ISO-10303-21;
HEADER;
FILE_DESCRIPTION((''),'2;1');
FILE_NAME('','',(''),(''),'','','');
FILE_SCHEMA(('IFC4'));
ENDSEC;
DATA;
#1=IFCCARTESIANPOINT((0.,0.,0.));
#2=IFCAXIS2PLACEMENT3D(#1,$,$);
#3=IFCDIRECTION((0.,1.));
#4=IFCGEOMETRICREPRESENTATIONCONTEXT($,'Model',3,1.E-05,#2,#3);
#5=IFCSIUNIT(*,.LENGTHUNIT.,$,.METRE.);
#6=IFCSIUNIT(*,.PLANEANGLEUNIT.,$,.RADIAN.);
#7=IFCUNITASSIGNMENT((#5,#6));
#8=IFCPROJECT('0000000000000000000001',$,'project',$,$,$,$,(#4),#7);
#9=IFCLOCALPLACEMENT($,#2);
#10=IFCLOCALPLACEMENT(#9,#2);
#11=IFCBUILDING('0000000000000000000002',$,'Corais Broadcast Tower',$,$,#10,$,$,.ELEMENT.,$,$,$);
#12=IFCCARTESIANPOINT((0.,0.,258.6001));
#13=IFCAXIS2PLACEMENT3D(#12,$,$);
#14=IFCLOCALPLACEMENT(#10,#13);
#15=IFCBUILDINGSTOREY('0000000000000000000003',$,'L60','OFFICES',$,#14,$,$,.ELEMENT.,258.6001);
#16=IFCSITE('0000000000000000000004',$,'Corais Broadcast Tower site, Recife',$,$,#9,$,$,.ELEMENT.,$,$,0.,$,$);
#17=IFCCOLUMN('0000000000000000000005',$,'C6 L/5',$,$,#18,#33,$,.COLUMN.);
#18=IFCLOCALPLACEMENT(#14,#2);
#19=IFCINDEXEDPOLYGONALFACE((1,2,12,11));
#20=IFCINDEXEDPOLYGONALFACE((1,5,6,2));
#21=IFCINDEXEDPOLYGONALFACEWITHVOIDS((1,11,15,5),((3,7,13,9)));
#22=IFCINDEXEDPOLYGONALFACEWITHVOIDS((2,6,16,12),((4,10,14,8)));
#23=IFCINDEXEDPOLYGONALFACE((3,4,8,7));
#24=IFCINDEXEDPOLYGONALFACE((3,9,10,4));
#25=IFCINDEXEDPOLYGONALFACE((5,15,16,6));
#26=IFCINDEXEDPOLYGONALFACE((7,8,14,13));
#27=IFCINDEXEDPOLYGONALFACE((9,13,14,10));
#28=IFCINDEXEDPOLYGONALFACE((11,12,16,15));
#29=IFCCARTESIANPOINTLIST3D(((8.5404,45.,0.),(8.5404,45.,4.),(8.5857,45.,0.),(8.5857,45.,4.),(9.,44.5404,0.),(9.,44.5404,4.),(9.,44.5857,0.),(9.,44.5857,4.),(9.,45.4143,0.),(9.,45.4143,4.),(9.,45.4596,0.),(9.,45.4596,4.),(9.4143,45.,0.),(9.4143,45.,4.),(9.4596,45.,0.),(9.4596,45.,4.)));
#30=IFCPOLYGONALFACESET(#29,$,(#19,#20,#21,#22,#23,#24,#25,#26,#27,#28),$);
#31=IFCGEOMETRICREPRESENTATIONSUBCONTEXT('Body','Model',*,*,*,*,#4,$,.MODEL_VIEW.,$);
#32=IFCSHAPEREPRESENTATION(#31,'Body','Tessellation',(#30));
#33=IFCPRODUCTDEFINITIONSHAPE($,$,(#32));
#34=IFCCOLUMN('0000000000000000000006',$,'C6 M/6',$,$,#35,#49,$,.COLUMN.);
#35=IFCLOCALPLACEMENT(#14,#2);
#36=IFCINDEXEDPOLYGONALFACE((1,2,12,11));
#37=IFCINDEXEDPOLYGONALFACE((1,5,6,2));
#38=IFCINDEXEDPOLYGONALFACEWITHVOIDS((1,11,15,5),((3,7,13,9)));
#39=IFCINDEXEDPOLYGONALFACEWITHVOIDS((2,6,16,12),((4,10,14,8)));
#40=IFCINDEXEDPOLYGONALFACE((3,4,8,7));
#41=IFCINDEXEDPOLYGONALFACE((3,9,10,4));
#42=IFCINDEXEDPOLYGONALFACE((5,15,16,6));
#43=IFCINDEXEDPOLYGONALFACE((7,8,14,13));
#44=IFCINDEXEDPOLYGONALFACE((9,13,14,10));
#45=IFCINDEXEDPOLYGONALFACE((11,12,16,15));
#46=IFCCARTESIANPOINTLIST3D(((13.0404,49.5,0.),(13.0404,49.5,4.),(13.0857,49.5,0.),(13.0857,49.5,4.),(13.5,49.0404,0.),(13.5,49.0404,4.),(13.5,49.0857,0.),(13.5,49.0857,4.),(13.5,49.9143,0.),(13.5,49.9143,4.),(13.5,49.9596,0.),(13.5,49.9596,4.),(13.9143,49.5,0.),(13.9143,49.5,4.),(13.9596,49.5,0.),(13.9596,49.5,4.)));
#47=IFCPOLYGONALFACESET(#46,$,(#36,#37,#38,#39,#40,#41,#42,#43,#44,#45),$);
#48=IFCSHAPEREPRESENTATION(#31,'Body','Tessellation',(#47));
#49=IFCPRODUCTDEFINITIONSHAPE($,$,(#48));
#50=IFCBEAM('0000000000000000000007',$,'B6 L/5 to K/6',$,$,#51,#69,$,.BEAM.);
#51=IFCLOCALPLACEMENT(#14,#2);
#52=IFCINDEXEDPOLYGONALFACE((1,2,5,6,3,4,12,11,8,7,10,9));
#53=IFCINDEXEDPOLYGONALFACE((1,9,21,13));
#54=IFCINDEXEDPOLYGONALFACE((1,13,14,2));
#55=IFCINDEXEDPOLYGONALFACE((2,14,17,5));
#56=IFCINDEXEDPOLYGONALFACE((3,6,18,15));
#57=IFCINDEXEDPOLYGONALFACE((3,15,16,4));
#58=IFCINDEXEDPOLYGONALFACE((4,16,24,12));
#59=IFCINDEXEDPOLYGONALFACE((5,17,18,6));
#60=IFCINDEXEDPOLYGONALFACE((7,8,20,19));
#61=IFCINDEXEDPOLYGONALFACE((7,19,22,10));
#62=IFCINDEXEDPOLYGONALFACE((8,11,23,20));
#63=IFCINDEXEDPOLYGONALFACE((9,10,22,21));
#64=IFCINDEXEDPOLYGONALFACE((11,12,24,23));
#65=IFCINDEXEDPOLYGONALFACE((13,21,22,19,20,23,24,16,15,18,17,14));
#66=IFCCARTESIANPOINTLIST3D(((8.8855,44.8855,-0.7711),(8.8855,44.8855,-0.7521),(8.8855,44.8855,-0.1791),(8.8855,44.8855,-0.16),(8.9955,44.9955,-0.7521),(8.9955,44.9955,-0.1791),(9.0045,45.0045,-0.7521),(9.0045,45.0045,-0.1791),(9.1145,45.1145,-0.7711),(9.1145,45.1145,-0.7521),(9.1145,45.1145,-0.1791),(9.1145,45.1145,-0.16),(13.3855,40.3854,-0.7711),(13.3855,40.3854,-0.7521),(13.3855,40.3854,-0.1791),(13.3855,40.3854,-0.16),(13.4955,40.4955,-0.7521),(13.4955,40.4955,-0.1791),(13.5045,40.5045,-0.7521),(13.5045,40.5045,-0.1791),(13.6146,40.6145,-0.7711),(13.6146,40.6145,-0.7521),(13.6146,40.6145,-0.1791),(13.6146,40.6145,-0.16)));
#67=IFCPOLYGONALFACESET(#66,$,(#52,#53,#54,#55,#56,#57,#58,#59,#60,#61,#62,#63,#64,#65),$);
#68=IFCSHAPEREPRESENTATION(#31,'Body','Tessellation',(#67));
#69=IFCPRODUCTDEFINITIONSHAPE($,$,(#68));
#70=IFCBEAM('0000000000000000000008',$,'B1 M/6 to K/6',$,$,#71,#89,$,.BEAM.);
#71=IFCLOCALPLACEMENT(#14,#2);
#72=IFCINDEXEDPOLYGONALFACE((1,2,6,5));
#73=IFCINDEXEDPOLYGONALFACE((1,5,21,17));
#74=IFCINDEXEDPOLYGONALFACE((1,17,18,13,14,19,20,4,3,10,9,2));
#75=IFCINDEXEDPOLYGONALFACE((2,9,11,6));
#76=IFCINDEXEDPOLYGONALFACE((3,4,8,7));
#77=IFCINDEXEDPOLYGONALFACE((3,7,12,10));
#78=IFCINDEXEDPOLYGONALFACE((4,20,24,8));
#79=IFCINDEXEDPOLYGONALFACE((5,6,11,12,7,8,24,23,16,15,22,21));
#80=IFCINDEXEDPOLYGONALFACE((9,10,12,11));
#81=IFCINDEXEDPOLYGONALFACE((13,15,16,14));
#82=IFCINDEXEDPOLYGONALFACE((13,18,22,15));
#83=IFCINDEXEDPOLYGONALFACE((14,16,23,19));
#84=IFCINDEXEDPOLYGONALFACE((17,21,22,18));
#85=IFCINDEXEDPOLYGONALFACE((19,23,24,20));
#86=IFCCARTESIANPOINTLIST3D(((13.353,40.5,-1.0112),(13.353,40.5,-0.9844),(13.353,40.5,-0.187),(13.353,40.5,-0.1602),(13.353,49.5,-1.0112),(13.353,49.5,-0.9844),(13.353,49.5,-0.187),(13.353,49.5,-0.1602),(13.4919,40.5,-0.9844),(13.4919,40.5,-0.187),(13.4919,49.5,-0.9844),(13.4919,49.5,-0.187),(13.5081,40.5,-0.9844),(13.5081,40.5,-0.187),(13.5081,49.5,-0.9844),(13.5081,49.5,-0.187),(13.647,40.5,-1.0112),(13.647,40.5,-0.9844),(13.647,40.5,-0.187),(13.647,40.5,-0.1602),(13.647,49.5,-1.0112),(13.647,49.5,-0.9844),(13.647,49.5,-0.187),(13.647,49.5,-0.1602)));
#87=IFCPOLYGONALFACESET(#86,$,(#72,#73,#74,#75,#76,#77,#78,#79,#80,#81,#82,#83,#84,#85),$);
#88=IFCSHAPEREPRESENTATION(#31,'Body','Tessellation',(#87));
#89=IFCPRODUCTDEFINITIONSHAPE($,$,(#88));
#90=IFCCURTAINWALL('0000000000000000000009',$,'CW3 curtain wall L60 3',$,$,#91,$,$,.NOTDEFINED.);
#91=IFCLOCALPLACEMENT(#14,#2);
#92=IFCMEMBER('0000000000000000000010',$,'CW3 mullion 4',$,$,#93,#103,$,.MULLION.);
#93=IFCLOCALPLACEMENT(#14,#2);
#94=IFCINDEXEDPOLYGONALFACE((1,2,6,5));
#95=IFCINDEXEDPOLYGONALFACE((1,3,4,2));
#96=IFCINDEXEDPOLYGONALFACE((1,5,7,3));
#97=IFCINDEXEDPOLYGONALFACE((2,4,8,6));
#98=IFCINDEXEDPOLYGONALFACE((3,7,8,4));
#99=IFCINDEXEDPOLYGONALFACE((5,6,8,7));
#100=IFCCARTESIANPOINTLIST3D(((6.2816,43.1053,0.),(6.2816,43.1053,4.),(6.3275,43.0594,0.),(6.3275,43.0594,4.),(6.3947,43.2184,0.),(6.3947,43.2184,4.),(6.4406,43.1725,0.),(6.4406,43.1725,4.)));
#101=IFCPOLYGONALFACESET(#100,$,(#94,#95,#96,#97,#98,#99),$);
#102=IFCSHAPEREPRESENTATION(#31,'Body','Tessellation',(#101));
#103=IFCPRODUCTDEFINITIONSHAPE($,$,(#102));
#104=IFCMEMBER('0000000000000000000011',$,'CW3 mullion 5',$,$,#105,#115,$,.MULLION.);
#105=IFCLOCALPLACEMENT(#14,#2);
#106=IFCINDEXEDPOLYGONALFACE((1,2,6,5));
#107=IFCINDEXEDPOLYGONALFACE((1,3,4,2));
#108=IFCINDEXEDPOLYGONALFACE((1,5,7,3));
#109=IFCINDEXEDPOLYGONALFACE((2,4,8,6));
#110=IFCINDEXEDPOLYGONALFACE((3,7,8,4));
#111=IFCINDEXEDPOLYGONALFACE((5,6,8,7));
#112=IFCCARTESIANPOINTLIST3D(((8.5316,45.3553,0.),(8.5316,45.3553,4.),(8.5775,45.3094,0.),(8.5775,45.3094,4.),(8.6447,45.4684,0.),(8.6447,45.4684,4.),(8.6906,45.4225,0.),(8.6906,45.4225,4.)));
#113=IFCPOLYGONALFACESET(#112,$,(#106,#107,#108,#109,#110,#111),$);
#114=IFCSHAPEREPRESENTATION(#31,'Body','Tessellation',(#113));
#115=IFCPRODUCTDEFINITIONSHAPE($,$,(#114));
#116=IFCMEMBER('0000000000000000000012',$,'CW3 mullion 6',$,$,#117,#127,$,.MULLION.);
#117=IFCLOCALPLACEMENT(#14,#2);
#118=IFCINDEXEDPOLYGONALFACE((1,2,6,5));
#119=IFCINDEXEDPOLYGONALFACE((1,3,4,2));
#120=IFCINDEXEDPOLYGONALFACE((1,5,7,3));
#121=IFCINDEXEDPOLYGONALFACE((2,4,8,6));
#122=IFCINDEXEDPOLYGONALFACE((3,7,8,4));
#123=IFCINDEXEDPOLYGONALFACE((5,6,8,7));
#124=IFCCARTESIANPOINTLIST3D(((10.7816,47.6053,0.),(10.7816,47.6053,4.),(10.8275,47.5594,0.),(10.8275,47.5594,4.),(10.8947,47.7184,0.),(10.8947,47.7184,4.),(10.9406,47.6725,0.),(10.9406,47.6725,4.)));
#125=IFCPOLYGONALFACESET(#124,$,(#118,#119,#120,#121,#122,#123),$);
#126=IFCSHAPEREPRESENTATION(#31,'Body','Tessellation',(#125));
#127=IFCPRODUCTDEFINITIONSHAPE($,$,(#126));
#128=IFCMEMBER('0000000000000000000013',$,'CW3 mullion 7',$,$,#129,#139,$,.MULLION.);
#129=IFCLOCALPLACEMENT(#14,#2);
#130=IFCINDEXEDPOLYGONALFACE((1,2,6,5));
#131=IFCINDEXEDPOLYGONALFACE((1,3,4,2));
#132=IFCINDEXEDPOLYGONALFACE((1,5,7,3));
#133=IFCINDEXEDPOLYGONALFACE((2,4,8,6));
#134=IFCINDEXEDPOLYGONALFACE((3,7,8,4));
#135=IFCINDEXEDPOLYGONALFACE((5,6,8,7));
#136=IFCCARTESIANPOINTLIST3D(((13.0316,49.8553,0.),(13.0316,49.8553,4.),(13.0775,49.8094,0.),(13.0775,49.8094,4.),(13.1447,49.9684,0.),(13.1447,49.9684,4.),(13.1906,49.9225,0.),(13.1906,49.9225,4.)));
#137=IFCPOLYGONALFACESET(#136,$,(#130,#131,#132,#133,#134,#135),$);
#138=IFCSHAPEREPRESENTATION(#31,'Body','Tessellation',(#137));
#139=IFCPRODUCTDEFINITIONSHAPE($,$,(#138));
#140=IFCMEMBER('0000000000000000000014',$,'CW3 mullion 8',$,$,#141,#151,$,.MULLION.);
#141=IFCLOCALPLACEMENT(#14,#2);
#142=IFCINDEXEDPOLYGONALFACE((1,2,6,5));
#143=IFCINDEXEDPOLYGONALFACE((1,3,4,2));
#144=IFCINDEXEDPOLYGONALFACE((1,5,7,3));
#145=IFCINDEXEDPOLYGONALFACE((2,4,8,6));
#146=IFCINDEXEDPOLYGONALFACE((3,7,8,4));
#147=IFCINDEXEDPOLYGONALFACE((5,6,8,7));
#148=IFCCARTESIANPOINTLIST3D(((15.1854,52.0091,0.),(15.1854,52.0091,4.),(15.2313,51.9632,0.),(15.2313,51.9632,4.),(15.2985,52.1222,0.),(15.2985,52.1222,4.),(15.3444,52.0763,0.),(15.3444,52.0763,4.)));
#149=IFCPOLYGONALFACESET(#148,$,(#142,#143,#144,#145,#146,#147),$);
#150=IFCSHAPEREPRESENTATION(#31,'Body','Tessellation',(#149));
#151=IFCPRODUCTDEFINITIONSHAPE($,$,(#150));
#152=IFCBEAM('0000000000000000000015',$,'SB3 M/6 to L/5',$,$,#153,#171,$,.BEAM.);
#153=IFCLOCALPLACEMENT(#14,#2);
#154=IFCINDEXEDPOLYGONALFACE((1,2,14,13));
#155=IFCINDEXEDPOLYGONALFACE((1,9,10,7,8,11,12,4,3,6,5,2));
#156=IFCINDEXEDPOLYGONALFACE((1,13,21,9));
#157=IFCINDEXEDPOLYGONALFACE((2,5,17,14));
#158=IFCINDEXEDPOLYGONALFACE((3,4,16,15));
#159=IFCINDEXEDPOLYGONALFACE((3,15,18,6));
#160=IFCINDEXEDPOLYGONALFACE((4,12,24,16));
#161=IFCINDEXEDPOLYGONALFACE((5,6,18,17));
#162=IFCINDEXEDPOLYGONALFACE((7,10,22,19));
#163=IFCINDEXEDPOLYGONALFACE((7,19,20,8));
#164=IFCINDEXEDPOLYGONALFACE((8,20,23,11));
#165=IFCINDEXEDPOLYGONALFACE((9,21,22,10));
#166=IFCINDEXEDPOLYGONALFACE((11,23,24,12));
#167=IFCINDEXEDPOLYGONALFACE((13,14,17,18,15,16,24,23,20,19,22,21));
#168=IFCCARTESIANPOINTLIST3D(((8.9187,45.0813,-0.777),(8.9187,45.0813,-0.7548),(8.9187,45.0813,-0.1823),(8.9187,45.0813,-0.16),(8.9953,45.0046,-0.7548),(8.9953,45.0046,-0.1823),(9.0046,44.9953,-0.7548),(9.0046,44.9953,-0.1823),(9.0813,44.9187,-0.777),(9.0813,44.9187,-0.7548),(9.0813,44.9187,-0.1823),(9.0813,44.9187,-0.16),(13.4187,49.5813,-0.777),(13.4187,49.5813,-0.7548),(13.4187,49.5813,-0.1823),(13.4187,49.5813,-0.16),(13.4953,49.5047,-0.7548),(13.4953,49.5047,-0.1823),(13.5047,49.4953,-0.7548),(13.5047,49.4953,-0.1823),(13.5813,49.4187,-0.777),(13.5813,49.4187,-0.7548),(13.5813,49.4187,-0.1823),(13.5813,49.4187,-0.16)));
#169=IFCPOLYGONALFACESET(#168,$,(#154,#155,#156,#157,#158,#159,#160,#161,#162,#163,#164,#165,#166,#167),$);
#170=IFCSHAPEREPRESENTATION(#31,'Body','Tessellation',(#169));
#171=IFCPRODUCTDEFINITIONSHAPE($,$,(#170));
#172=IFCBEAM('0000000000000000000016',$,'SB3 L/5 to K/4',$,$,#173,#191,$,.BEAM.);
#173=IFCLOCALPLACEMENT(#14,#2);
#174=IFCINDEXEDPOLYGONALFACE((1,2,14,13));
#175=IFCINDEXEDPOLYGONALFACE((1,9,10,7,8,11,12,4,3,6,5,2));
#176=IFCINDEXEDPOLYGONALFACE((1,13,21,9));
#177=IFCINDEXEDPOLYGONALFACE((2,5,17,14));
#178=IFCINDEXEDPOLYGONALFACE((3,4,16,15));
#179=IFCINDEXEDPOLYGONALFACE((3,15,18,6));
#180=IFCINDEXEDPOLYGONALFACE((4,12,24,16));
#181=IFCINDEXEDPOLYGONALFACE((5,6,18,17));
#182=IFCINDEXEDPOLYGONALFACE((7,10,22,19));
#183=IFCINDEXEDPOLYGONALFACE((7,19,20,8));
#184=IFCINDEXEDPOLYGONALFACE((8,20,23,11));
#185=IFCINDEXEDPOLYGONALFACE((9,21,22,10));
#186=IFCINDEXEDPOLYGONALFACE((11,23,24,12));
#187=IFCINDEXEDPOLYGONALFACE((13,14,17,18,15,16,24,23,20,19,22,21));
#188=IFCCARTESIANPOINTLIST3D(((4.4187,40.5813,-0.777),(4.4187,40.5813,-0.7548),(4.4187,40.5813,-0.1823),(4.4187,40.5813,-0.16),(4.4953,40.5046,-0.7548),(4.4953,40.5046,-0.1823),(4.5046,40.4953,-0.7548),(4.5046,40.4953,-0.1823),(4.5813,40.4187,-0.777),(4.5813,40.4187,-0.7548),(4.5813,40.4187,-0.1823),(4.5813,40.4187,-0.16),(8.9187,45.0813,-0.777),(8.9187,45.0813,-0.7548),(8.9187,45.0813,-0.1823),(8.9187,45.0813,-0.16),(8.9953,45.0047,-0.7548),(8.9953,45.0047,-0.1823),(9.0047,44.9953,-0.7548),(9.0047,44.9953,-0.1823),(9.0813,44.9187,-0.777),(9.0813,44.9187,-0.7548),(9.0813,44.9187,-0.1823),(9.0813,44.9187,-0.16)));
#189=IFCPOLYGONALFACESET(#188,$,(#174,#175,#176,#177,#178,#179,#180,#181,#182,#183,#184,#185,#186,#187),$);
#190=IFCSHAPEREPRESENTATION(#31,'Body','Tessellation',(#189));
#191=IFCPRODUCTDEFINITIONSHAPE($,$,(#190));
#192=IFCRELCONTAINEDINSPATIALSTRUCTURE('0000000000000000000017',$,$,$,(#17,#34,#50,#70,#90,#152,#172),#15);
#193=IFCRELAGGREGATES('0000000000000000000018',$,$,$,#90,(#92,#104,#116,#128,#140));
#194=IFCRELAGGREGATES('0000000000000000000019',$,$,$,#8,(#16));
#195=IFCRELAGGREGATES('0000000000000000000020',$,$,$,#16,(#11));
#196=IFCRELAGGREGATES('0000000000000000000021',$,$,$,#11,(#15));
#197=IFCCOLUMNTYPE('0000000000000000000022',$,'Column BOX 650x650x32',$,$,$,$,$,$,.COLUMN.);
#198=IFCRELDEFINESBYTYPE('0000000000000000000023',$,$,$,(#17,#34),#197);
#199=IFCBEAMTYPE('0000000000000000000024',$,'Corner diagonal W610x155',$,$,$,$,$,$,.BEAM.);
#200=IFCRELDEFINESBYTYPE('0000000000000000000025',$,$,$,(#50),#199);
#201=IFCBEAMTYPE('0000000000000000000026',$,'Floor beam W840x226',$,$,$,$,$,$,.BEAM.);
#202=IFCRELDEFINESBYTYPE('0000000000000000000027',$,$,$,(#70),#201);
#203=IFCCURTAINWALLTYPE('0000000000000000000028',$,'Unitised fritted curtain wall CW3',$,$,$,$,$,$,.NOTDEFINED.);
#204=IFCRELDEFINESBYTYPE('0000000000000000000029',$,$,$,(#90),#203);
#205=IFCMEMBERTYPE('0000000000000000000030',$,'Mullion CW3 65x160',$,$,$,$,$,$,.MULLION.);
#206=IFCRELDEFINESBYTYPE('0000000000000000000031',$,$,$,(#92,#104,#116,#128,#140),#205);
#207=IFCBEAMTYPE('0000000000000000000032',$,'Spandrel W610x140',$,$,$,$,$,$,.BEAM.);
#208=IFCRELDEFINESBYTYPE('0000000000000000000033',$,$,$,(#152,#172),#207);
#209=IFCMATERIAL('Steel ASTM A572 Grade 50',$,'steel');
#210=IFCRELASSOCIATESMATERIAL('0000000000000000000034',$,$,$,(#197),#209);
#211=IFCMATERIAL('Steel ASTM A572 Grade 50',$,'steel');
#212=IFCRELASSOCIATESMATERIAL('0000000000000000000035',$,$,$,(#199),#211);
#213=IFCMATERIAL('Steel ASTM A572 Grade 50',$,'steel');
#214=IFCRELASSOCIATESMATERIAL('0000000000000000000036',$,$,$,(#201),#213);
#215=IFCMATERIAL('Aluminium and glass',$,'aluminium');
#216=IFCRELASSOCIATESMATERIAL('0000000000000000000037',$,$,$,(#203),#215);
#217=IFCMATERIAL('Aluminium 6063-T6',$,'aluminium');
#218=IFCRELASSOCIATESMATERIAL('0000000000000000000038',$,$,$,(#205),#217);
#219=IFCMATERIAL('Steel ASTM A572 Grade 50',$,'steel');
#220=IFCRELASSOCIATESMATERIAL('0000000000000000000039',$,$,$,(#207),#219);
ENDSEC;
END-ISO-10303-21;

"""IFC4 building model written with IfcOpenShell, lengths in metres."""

from ifc_helpers import new_model, si_unit, direction, frame, origin, origin_2d, place, context, subcontext, project, spatial, rectangle, hollow_rectangle, i_section, extrude, material, material_profile, profile_set, type_object, element, aggregate, save


model = new_model("IFC4")

# Units and contexts
model_context = context("Model", 3, precision=1e-05, world=origin(), true_north=direction((0.0, 1.0)))
body_context = subcontext(model_context, "Body", "Model", "MODEL_VIEW")
ifc_project = project(units=[si_unit("LENGTHUNIT", "METRE"), si_unit("PLANEANGLEUNIT", "RADIAN")], contexts=[model_context])

# Site, building, storey
site_placement = place(None, origin())
site = spatial("IfcSite", under=ifc_project, at=site_placement, Name="Corais Broadcast Tower site, Recife", CompositionType="ELEMENT", RefElevation=0.0)
building_placement = place(site_placement, origin())
building = spatial("IfcBuilding", under=site, at=building_placement, Name="Corais Broadcast Tower", CompositionType="ELEMENT")
storey_placement = place(building_placement, frame((0.0, 0.0, 258.6001)))
storey = spatial("IfcBuildingStorey", under=building, at=storey_placement, Name="L60", Description="OFFICES", CompositionType="ELEMENT", Elevation=258.6001)

# Columns
ifc_material_1 = material(Name="Steel ASTM A572 Grade 50", Category="steel")
ifc_material_profile_1 = material_profile(ifc_material_1, hollow_rectangle(XDim=0.6499, YDim=0.6499, WallThickness=0.032, at=origin_2d()), Name="BOX 650x650x32")
ifc_profile_set_1 = profile_set([ifc_material_profile_1], Name="Steel ASTM A572 Grade 50")
column_type = type_object("IfcColumnType", Name="Column BOX 650x650x32", PredefinedType="COLUMN", material=ifc_profile_set_1)
for number, where, z_axis, x_axis, name in (
    (1, (9.0, 45.0, 0.0), (0.0, 0.0, 1.0), (0.707107, 0.707107, 0.0), "C6 L/5"),
    (2, (13.5, 49.5, 0.0), (0.0, 0.0, 1.0), (0.707107, 0.707107, 0.0), "C6 M/6"),
):
    element("IfcColumn", number, at=place(storey_placement, frame(where, z_axis=z_axis, x_axis=x_axis)), inside=storey, type_object=column_type, Name=name, PredefinedType="COLUMN", context=body_context, shape_type="SweptSolid", body=[
        extrude(hollow_rectangle(XDim=0.6499, YDim=0.6499, WallThickness=0.032, at=origin_2d()), origin(), (0.0, 0.0, 1.0), 4.0),
    ])

# Beams
ifc_material_2 = material(Name="Steel ASTM A572 Grade 50", Category="steel")
ifc_material_profile_2 = material_profile(ifc_material_2, i_section(OverallWidth=0.324, OverallDepth=0.6111, WebThickness=0.0127, FlangeThickness=0.019, at=origin_2d()), Name="W610x155")
ifc_profile_set_2 = profile_set([ifc_material_profile_2], Name="Steel ASTM A572 Grade 50")
beam_type_1 = type_object("IfcBeamType", Name="Corner diagonal W610x155", PredefinedType="BEAM", material=ifc_profile_set_2)
beam_1_placement = place(storey_placement, frame((9.0, 45.0, -0.4656), z_axis=(0.707107, -0.707107, 0.0), x_axis=(0.707107, 0.707107, 0.0)))
element("IfcBeam", 3, at=beam_1_placement, inside=storey, type_object=beam_type_1, Name="B6 L/5 to K/6", PredefinedType="BEAM", context=body_context, shape_type="SweptSolid", body=[
    extrude(i_section(OverallWidth=0.324, OverallDepth=0.6111, WebThickness=0.0127, FlangeThickness=0.019, at=origin_2d()), origin(), (0.0, 0.0, 1.0), 6.364),
])
ifc_material_3 = material(Name="Steel ASTM A572 Grade 50", Category="steel")
ifc_material_profile_3 = material_profile(ifc_material_3, i_section(OverallWidth=0.2939, OverallDepth=0.8511, WebThickness=0.0161, FlangeThickness=0.0269, at=origin_2d()), Name="W840x226")
ifc_profile_set_3 = profile_set([ifc_material_profile_3], Name="Steel ASTM A572 Grade 50")
beam_type_2 = type_object("IfcBeamType", Name="Floor beam W840x226", PredefinedType="BEAM", material=ifc_profile_set_3)
beam_2_placement = place(storey_placement, frame((13.5, 49.5, -0.5857), z_axis=(0.0, -1.0, 0.0), x_axis=(1.0, 0.0, 0.0)))
element("IfcBeam", 4, at=beam_2_placement, inside=storey, type_object=beam_type_2, Name="B1 M/6 to K/6", PredefinedType="BEAM", context=body_context, shape_type="SweptSolid", body=[
    extrude(i_section(OverallWidth=0.2939, OverallDepth=0.8511, WebThickness=0.0161, FlangeThickness=0.0269, at=origin_2d()), origin(), (0.0, 0.0, 1.0), 9.0),
])

# Curtain wall, members
ifc_material_4 = material(Name="Aluminium and glass", Category="aluminium")
curtain_wall_type = type_object("IfcCurtainWallType", Name="Unitised fritted curtain wall CW3", PredefinedType="NOTDEFINED", material=ifc_material_4)
curtain_wall_placement = place(storey_placement, origin())
curtain_wall = element("IfcCurtainWall", 5, at=curtain_wall_placement, inside=storey, type_object=curtain_wall_type, Name="CW3 curtain wall L60 3", PredefinedType="NOTDEFINED")
ifc_material_5 = material(Name="Aluminium 6063-T6", Category="aluminium")
ifc_material_profile_4 = material_profile(ifc_material_5, rectangle(XDim=0.0649, YDim=0.1599, at=origin_2d()), Name="Mullion CW3 65x160")
ifc_profile_set_4 = profile_set([ifc_material_profile_4], Name="Aluminium 6063-T6")
member_type_1 = type_object("IfcMemberType", Name="Mullion CW3 65x160", PredefinedType="MULLION", material=ifc_profile_set_4)
member_1_placement = place(storey_placement, frame((6.3611, 43.1389, 0.0), z_axis=(0.0, 0.0, 1.0), x_axis=(-0.707107, 0.707107, 0.0)))
member_1 = element("IfcMember", 6, at=member_1_placement, type_object=member_type_1, Name="CW3 mullion 4", PredefinedType="MULLION", context=body_context, shape_type="SweptSolid", body=[
    extrude(rectangle(XDim=0.0649, YDim=0.1599, at=origin_2d()), origin(), (0.0, 0.0, 1.0), 4.0),
])
member_2_placement = place(storey_placement, frame((8.6111, 45.3889, 0.0), z_axis=(0.0, 0.0, 1.0), x_axis=(-0.707107, 0.707107, 0.0)))
member_2 = element("IfcMember", 7, at=member_2_placement, type_object=member_type_1, Name="CW3 mullion 5", PredefinedType="MULLION", context=body_context, shape_type="SweptSolid", body=[
    extrude(rectangle(XDim=0.0649, YDim=0.1599, at=origin_2d()), origin(), (0.0, 0.0, 1.0), 4.0),
])
member_3_placement = place(storey_placement, frame((10.8611, 47.6389, 0.0), z_axis=(0.0, 0.0, 1.0), x_axis=(-0.707107, 0.707107, 0.0)))
member_3 = element("IfcMember", 8, at=member_3_placement, type_object=member_type_1, Name="CW3 mullion 6", PredefinedType="MULLION", context=body_context, shape_type="SweptSolid", body=[
    extrude(rectangle(XDim=0.0649, YDim=0.1599, at=origin_2d()), origin(), (0.0, 0.0, 1.0), 4.0),
])
member_4_placement = place(storey_placement, frame((13.1111, 49.8889, 0.0), z_axis=(0.0, 0.0, 1.0), x_axis=(-0.707107, 0.707107, 0.0)))
member_4 = element("IfcMember", 9, at=member_4_placement, type_object=member_type_1, Name="CW3 mullion 7", PredefinedType="MULLION", context=body_context, shape_type="SweptSolid", body=[
    extrude(rectangle(XDim=0.0649, YDim=0.1599, at=origin_2d()), origin(), (0.0, 0.0, 1.0), 4.0),
])
member_5_placement = place(storey_placement, frame((15.2649, 52.0427, 0.0), z_axis=(0.0, 0.0, 1.0), x_axis=(-0.707107, 0.707107, 0.0)))
member_5 = element("IfcMember", 10, at=member_5_placement, type_object=member_type_1, Name="CW3 mullion 8", PredefinedType="MULLION", context=body_context, shape_type="SweptSolid", body=[
    extrude(rectangle(XDim=0.0649, YDim=0.1599, at=origin_2d()), origin(), (0.0, 0.0, 1.0), 4.0),
])

# Beams
ifc_material_6 = material(Name="Steel ASTM A572 Grade 50", Category="steel")
ifc_material_profile_5 = material_profile(ifc_material_6, i_section(OverallWidth=0.23, OverallDepth=0.6169, WebThickness=0.0132, FlangeThickness=0.0222, at=origin_2d()), Name="W610x140")
ifc_profile_set_5 = profile_set([ifc_material_profile_5], Name="Steel ASTM A572 Grade 50")
beam_type_3 = type_object("IfcBeamType", Name="Spandrel W610x140", PredefinedType="BEAM", material=ifc_profile_set_5)
for number, where, z_axis, x_axis, name in (
    (11, (13.5, 49.5, -0.4685), (-0.707107, -0.707107, 0.0), (0.707107, -0.707107, 0.0), "SB3 M/6 to L/5"),
    (12, (9.0, 45.0, -0.4685), (-0.707107, -0.707107, 0.0), (0.707107, -0.707107, 0.0), "SB3 L/5 to K/4"),
):
    element("IfcBeam", number, at=place(storey_placement, frame(where, z_axis=z_axis, x_axis=x_axis)), inside=storey, type_object=beam_type_3, Name=name, PredefinedType="BEAM", context=body_context, shape_type="SweptSolid", body=[
        extrude(i_section(OverallWidth=0.23, OverallDepth=0.6169, WebThickness=0.0132, FlangeThickness=0.0222, at=origin_2d()), origin(), (0.0, 0.0, 1.0), 6.364),
    ])

aggregate(curtain_wall, [member_1, member_2, member_3, member_4, member_5])

save(model, "model.ifc")
